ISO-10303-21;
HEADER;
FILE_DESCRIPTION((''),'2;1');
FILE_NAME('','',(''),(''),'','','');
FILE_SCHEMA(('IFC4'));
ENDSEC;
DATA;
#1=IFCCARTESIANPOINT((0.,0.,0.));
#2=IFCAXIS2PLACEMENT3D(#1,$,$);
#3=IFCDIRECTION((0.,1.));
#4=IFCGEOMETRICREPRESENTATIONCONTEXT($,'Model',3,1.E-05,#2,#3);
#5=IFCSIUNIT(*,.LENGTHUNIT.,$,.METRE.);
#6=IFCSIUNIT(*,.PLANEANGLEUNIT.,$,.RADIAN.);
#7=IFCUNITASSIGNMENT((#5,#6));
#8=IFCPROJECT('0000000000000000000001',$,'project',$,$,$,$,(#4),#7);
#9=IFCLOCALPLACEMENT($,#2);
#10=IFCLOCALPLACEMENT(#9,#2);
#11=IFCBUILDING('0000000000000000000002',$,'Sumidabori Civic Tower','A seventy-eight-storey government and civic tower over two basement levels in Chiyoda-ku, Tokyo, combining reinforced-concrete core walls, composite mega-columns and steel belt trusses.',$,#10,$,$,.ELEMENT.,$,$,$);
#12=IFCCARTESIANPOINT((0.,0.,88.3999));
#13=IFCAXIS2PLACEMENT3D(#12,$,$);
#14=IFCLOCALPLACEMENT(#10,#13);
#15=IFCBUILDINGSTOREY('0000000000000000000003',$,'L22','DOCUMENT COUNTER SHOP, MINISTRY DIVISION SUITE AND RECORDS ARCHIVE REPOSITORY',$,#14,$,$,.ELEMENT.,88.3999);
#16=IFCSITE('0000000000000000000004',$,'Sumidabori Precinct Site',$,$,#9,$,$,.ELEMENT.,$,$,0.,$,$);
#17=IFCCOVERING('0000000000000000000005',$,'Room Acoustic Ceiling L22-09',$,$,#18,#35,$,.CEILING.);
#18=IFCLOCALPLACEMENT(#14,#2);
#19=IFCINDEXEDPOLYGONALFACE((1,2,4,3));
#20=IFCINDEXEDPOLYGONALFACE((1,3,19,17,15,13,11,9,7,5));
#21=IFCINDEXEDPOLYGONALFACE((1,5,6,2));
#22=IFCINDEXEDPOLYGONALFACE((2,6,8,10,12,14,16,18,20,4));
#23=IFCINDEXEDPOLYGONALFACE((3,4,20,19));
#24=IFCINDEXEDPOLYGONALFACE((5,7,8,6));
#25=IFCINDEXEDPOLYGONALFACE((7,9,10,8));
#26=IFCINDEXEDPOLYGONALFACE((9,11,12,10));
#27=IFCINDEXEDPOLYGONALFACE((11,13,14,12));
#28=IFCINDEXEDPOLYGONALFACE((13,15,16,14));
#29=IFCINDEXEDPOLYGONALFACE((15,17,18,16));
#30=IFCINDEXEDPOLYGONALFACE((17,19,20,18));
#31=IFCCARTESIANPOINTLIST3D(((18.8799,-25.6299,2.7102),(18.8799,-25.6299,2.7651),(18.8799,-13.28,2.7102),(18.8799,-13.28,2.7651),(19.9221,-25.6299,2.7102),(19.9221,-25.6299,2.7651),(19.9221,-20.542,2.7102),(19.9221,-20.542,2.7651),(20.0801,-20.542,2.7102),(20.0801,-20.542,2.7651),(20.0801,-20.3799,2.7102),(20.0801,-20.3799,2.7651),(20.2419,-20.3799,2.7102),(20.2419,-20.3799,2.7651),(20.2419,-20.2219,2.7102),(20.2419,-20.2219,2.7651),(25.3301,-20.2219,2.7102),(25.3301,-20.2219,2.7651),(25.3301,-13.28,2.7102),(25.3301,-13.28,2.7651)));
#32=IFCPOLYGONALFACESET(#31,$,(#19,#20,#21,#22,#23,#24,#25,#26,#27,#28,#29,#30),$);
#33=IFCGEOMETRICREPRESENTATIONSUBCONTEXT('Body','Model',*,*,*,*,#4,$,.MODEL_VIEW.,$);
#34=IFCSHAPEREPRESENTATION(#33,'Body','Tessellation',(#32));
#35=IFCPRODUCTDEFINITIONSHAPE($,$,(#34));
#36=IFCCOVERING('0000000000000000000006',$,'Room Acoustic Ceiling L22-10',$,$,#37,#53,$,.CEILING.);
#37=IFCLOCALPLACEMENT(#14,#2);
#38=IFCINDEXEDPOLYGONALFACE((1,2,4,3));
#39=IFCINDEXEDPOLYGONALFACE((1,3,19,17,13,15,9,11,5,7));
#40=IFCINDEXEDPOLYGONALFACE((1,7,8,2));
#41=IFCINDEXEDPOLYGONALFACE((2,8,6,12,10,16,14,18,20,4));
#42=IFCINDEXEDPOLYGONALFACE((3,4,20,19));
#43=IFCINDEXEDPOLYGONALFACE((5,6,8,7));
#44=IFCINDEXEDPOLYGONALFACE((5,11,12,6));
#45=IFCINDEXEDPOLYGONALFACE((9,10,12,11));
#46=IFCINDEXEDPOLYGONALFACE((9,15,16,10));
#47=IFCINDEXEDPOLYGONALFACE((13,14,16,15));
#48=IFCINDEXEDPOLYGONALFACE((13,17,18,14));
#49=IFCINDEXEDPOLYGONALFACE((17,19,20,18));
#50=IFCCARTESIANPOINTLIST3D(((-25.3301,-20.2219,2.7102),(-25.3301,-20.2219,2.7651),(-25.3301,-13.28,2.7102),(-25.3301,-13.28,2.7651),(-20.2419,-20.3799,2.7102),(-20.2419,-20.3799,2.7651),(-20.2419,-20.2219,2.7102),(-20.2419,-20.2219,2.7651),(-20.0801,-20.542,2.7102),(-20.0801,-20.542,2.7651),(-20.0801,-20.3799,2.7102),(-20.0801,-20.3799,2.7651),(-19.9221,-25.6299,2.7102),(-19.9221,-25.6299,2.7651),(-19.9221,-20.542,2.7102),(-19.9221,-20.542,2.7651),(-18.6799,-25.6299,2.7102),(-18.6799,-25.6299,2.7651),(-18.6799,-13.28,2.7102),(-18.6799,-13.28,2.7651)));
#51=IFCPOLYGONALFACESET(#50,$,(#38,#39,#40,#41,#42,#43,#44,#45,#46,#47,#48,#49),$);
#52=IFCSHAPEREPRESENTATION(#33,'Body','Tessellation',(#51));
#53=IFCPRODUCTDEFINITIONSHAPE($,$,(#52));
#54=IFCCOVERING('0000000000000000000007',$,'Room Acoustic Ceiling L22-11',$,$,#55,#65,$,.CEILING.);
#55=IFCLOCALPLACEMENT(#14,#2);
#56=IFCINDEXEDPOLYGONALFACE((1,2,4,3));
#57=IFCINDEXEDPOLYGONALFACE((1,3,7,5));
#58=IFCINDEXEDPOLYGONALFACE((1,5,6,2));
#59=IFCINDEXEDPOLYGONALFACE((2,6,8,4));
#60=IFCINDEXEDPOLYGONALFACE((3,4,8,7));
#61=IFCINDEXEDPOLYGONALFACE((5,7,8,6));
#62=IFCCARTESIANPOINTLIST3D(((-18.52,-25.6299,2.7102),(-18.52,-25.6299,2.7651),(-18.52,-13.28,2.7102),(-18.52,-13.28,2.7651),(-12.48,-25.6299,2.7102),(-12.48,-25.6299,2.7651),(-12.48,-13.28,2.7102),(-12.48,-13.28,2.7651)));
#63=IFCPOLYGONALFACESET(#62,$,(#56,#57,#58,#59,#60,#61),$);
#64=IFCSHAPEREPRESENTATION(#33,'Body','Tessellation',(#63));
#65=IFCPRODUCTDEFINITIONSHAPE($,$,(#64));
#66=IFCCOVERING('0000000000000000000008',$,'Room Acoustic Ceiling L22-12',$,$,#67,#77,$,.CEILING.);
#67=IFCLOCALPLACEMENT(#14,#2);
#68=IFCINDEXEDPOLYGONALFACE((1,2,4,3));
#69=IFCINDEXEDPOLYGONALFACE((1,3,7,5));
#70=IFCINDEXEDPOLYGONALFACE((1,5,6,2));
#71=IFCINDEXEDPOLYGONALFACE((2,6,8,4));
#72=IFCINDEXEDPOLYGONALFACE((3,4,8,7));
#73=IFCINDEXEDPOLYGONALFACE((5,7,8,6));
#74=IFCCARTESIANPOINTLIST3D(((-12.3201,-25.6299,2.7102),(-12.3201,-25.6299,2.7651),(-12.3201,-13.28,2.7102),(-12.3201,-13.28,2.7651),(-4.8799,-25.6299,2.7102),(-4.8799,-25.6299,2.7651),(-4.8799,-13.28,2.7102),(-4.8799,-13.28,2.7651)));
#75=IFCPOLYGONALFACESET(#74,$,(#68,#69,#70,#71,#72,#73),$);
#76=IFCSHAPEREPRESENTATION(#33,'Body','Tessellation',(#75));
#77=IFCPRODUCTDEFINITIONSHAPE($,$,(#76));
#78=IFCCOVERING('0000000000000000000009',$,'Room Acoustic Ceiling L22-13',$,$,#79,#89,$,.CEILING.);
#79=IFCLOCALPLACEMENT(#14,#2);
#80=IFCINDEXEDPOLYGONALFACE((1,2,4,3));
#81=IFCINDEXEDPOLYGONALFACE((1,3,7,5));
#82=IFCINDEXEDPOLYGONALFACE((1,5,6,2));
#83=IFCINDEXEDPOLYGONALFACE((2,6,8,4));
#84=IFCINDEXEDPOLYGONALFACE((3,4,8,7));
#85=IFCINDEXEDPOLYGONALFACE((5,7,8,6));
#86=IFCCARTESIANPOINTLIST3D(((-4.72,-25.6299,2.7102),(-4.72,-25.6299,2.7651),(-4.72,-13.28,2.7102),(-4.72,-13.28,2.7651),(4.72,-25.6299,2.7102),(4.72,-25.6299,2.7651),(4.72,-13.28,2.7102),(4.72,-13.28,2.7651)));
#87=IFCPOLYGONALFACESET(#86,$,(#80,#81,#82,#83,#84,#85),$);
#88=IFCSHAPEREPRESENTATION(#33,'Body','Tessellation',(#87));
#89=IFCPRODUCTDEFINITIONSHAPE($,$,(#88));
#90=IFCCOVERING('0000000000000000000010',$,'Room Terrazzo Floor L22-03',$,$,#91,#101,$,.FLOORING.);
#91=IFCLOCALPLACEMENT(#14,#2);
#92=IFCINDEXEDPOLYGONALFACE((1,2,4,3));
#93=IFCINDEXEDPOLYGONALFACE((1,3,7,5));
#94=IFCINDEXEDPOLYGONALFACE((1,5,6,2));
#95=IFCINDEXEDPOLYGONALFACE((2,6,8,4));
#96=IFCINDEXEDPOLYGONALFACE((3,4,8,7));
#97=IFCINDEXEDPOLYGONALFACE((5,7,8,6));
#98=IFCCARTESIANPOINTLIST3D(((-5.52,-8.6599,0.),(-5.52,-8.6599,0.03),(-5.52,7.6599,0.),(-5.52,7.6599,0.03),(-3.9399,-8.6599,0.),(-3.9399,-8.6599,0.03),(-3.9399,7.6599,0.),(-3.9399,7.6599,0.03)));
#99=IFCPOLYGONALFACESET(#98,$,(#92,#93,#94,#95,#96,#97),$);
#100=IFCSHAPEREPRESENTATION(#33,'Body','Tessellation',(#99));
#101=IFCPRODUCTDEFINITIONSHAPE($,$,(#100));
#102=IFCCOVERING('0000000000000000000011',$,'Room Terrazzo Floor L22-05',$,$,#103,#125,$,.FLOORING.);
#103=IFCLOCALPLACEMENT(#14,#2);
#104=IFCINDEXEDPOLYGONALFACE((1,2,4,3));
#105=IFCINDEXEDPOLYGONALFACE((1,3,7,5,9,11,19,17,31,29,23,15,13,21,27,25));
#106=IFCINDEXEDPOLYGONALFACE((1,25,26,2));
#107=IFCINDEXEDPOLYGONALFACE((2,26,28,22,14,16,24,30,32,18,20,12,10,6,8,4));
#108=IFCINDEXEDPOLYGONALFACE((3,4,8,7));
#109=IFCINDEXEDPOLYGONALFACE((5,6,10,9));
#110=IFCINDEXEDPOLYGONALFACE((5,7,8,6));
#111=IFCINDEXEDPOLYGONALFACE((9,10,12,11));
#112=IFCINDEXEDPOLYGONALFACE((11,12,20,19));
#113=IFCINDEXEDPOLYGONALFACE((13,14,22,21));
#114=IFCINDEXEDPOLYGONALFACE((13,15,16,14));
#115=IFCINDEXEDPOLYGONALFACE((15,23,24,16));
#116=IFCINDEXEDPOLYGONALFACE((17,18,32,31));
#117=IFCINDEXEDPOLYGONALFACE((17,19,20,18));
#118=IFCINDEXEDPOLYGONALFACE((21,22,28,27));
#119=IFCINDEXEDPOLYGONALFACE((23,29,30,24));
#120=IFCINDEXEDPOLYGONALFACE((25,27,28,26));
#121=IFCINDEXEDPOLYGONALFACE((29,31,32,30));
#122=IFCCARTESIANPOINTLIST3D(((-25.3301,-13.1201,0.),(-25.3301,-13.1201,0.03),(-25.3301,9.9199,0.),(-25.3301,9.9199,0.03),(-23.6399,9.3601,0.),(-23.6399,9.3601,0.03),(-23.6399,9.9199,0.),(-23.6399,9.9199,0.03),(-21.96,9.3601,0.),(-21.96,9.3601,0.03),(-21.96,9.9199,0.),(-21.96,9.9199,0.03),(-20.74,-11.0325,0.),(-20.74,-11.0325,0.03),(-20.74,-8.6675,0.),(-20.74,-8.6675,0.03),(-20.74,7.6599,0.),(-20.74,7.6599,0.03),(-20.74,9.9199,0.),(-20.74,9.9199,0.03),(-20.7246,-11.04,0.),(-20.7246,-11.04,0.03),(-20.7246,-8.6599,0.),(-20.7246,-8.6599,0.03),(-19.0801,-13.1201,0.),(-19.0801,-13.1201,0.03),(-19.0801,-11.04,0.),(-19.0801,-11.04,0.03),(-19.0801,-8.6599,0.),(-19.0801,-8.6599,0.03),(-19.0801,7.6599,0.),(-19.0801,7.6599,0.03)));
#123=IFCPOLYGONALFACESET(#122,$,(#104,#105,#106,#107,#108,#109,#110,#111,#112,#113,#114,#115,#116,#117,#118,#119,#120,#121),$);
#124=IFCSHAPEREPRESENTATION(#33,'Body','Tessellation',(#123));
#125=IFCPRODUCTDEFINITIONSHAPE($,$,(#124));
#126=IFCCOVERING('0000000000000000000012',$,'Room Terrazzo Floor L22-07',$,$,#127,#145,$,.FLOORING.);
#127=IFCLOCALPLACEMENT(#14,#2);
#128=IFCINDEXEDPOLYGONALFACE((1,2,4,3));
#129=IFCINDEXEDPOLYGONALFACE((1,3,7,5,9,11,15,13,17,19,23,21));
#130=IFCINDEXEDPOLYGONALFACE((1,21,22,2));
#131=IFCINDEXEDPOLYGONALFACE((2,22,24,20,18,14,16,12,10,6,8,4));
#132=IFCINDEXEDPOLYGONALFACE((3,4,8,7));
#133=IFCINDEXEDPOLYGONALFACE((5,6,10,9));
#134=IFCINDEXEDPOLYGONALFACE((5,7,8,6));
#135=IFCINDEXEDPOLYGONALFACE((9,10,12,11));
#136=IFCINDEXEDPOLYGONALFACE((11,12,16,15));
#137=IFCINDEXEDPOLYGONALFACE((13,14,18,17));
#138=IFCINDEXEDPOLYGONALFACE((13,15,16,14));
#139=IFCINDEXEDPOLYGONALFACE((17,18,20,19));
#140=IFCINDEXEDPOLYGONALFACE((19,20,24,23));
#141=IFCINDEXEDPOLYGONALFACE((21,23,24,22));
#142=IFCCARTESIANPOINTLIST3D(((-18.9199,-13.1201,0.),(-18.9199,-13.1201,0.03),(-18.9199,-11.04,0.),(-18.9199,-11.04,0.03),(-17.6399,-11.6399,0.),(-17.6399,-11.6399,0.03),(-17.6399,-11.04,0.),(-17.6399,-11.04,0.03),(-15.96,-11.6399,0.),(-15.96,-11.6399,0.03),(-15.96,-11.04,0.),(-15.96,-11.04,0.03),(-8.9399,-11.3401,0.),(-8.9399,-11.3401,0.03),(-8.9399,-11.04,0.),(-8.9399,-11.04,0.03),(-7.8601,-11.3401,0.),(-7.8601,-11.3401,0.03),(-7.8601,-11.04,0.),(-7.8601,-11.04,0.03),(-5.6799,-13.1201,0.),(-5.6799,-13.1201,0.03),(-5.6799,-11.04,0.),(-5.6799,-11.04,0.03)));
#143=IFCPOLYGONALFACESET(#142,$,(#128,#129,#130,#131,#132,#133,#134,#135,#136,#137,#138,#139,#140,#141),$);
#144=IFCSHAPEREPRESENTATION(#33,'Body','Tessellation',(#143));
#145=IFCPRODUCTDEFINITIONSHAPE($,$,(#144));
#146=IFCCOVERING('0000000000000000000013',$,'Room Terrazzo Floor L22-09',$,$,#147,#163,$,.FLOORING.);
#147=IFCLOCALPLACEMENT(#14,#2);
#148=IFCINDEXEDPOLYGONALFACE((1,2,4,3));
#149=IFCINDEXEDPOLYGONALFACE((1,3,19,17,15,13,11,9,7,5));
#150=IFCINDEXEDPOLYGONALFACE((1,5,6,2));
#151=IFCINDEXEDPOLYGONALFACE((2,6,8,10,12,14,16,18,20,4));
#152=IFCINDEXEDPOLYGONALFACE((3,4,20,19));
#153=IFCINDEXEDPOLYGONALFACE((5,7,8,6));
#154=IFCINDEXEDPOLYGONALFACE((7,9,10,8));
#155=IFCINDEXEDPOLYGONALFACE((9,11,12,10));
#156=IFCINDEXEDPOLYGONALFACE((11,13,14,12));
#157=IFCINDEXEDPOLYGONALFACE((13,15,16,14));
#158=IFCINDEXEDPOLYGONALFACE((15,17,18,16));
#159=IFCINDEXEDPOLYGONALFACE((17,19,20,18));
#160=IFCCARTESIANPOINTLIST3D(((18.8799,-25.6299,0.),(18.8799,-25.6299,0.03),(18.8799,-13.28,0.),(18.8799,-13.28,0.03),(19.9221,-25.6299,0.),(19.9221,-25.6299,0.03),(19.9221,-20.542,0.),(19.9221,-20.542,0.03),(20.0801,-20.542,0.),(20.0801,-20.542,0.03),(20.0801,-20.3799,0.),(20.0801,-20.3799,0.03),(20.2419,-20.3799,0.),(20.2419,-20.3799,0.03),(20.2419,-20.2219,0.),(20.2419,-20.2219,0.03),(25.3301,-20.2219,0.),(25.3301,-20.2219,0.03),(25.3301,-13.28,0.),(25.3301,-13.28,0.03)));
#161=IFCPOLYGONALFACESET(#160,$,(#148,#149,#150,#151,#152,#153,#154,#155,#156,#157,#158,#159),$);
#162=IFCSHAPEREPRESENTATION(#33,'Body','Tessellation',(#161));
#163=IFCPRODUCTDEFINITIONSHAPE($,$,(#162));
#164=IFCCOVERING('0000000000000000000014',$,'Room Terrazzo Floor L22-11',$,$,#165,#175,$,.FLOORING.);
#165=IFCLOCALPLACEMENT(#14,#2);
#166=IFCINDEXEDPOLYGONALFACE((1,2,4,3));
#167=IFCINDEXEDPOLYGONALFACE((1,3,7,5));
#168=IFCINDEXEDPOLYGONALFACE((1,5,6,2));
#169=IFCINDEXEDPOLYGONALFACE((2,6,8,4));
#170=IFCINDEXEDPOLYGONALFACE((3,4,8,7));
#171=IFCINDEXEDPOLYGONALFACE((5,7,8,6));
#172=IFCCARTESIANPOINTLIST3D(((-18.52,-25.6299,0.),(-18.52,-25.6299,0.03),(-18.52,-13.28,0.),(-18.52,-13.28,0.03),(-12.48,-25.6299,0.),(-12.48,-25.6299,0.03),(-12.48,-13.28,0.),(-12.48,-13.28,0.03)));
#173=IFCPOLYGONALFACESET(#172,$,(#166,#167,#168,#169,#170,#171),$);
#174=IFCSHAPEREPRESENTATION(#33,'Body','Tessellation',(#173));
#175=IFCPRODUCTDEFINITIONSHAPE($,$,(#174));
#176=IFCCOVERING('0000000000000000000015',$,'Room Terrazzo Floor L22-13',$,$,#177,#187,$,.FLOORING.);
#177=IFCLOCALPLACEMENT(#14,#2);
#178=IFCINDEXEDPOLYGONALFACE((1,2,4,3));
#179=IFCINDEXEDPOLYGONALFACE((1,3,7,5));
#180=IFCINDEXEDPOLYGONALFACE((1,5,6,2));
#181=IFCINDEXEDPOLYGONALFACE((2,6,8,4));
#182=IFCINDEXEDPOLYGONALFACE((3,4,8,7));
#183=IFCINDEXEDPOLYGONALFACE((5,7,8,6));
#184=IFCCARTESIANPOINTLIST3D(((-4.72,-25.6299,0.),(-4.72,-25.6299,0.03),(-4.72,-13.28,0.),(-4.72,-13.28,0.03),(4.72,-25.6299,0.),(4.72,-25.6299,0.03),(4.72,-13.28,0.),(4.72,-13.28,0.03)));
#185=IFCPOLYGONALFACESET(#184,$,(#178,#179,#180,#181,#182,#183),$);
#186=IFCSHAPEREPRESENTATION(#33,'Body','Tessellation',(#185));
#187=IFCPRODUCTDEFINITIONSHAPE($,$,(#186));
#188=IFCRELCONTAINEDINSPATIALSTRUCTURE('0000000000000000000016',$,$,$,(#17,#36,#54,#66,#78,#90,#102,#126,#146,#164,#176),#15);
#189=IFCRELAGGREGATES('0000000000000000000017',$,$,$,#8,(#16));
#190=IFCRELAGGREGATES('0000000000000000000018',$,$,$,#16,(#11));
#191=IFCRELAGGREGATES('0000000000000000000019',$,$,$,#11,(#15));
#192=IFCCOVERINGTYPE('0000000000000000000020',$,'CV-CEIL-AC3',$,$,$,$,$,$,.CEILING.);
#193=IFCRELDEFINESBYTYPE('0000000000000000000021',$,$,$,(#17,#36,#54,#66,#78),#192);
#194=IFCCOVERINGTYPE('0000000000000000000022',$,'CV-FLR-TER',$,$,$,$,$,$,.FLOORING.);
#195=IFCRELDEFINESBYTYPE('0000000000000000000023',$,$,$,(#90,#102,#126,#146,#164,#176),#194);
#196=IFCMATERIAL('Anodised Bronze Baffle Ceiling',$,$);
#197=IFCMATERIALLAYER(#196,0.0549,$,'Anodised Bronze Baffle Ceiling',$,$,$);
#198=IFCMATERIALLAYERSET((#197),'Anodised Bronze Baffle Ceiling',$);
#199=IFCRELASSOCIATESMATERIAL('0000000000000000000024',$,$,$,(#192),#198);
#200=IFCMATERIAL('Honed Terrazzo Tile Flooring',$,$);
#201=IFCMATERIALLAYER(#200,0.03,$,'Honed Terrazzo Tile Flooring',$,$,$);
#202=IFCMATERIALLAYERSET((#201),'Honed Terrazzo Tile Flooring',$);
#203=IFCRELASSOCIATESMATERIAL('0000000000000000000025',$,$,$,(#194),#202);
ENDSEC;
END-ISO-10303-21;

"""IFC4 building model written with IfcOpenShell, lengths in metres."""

from ifc_helpers import new_model, si_unit, direction, frame, origin, place, context, subcontext, project, spatial, polyline, outline, extrude, material, layer, layer_set, type_object, element, save


model = new_model("IFC4")

# Units and contexts
model_context = context("Model", 3, precision=1e-05, world=origin(), true_north=direction((0.0, 1.0)))
body_context = subcontext(model_context, "Body", "Model", "MODEL_VIEW")
ifc_project = project(units=[si_unit("LENGTHUNIT", "METRE"), si_unit("PLANEANGLEUNIT", "RADIAN")], contexts=[model_context])

# Site, building, storey
site_placement = place(None, origin())
site = spatial("IfcSite", under=ifc_project, at=site_placement, Name="Sumidabori Precinct Site", CompositionType="ELEMENT", RefElevation=0.0)
building_placement = place(site_placement, origin())
building = spatial("IfcBuilding", under=site, at=building_placement, Name="Sumidabori Civic Tower", Description="A seventy-eight-storey government and civic tower over two basement levels in Chiyoda-ku, Tokyo, combining reinforced-concrete core walls, composite mega-columns and steel belt trusses.", CompositionType="ELEMENT")
storey_placement = place(building_placement, frame((0.0, 0.0, 88.3999)))
storey = spatial("IfcBuildingStorey", under=building, at=storey_placement, Name="L22", Description="DOCUMENT COUNTER SHOP, MINISTRY DIVISION SUITE AND RECORDS ARCHIVE REPOSITORY", CompositionType="ELEMENT", Elevation=88.3999)

# Coverings
ifc_material_1 = material(Name="Anodised Bronze Baffle Ceiling")
ifc_layer_1 = layer(ifc_material_1, 0.0549, Name="Anodised Bronze Baffle Ceiling")
ifc_layer_set_1 = layer_set([ifc_layer_1], Name="Anodised Bronze Baffle Ceiling")
covering_type_1 = type_object("IfcCoveringType", Name="CV-CEIL-AC3", PredefinedType="CEILING", material=ifc_layer_set_1)
covering_1_placement = place(storey_placement, frame((0.0, 0.0, 2.7102)))
element("IfcCovering", 1, at=covering_1_placement, inside=storey, type_object=covering_type_1, Name="Room Acoustic Ceiling L22-09", PredefinedType="CEILING", context=body_context, shape_type="SweptSolid", body=[
    extrude(outline(polyline([(18.8799, -13.28), (25.3301, -13.28), (25.3301, -20.2219), (20.2419, -20.2219), (20.2419, -20.3799), (20.0801, -20.3799), (20.0801, -20.542), (19.9221, -20.542), (19.9221, -25.6299), (18.8799, -25.6299), (18.8799, -13.28)])), origin(), (0.0, 0.0, 1.0), 0.0549),
])
covering_2_placement = place(storey_placement, frame((0.0, 0.0, 2.7102)))
element("IfcCovering", 2, at=covering_2_placement, inside=storey, type_object=covering_type_1, Name="Room Acoustic Ceiling L22-10", PredefinedType="CEILING", context=body_context, shape_type="SweptSolid", body=[
    extrude(outline(polyline([(-18.6799, -13.28), (-18.6799, -25.6299), (-19.9221, -25.6299), (-19.9221, -20.542), (-20.0801, -20.542), (-20.0801, -20.3799), (-20.2419, -20.3799), (-20.2419, -20.2219), (-25.3301, -20.2219), (-25.3301, -13.28), (-18.6799, -13.28)])), origin(), (0.0, 0.0, 1.0), 0.0549),
])
covering_3_placement = place(storey_placement, frame((0.0, 0.0, 2.7102)))
element("IfcCovering", 3, at=covering_3_placement, inside=storey, type_object=covering_type_1, Name="Room Acoustic Ceiling L22-11", PredefinedType="CEILING", context=body_context, shape_type="SweptSolid", body=[
    extrude(outline(polyline([(-18.52, -13.28), (-12.48, -13.28), (-12.48, -25.6299), (-18.52, -25.6299), (-18.52, -13.28)])), origin(), (0.0, 0.0, 1.0), 0.0549),
])
covering_4_placement = place(storey_placement, frame((0.0, 0.0, 2.7102)))
element("IfcCovering", 4, at=covering_4_placement, inside=storey, type_object=covering_type_1, Name="Room Acoustic Ceiling L22-12", PredefinedType="CEILING", context=body_context, shape_type="SweptSolid", body=[
    extrude(outline(polyline([(-12.3201, -13.28), (-4.8799, -13.28), (-4.8799, -25.6299), (-12.3201, -25.6299), (-12.3201, -13.28)])), origin(), (0.0, 0.0, 1.0), 0.0549),
])
covering_5_placement = place(storey_placement, frame((0.0, 0.0, 2.7102)))
element("IfcCovering", 5, at=covering_5_placement, inside=storey, type_object=covering_type_1, Name="Room Acoustic Ceiling L22-13", PredefinedType="CEILING", context=body_context, shape_type="SweptSolid", body=[
    extrude(outline(polyline([(-4.72, -13.28), (4.72, -13.28), (4.72, -25.6299), (-4.72, -25.6299), (-4.72, -13.28)])), origin(), (0.0, 0.0, 1.0), 0.0549),
])
ifc_material_2 = material(Name="Honed Terrazzo Tile Flooring")
ifc_layer_2 = layer(ifc_material_2, 0.03, Name="Honed Terrazzo Tile Flooring")
ifc_layer_set_2 = layer_set([ifc_layer_2], Name="Honed Terrazzo Tile Flooring")
covering_type_2 = type_object("IfcCoveringType", Name="CV-FLR-TER", PredefinedType="FLOORING", material=ifc_layer_set_2)
covering_6_placement = place(storey_placement, origin())
element("IfcCovering", 6, at=covering_6_placement, inside=storey, type_object=covering_type_2, Name="Room Terrazzo Floor L22-03", PredefinedType="FLOORING", context=body_context, shape_type="SweptSolid", body=[
    extrude(outline(polyline([(-5.52, 7.6599), (-3.9399, 7.6599), (-3.9399, -8.6599), (-5.52, -8.6599), (-5.52, 7.6599)])), origin(), (0.0, 0.0, 1.0), 0.03),
])
covering_7_placement = place(storey_placement, origin())
element("IfcCovering", 7, at=covering_7_placement, inside=storey, type_object=covering_type_2, Name="Room Terrazzo Floor L22-05", PredefinedType="FLOORING", context=body_context, shape_type="SweptSolid", body=[
    extrude(outline(polyline([(-25.3301, -13.1201), (-25.3301, 9.9199), (-23.6399, 9.9199), (-23.6399, 9.3601), (-21.96, 9.3601), (-21.96, 9.9199), (-20.74, 9.9199), (-20.74, 7.6599), (-19.0801, 7.6599), (-19.0801, -8.6599), (-20.7246, -8.6599), (-20.74, -8.6675), (-20.74, -11.0325), (-20.7246, -11.04), (-19.0801, -11.04), (-19.0801, -13.1201), (-25.3301, -13.1201)])), origin(), (0.0, 0.0, 1.0), 0.03),
])
covering_8_placement = place(storey_placement, origin())
element("IfcCovering", 8, at=covering_8_placement, inside=storey, type_object=covering_type_2, Name="Room Terrazzo Floor L22-07", PredefinedType="FLOORING", context=body_context, shape_type="SweptSolid", body=[
    extrude(outline(polyline([(-17.6399, -11.04), (-17.6399, -11.6399), (-15.96, -11.6399), (-15.96, -11.04), (-8.9399, -11.04), (-8.9399, -11.3401), (-7.8601, -11.3401), (-7.8601, -11.04), (-5.6799, -11.04), (-5.6799, -13.1201), (-18.9199, -13.1201), (-18.9199, -11.04), (-17.6399, -11.04)])), origin(), (0.0, 0.0, 1.0), 0.03),
])
covering_9_placement = place(storey_placement, origin())
element("IfcCovering", 9, at=covering_9_placement, inside=storey, type_object=covering_type_2, Name="Room Terrazzo Floor L22-09", PredefinedType="FLOORING", context=body_context, shape_type="SweptSolid", body=[
    extrude(outline(polyline([(18.8799, -13.28), (25.3301, -13.28), (25.3301, -20.2219), (20.2419, -20.2219), (20.2419, -20.3799), (20.0801, -20.3799), (20.0801, -20.542), (19.9221, -20.542), (19.9221, -25.6299), (18.8799, -25.6299), (18.8799, -13.28)])), origin(), (0.0, 0.0, 1.0), 0.03),
])
covering_10_placement = place(storey_placement, origin())
element("IfcCovering", 10, at=covering_10_placement, inside=storey, type_object=covering_type_2, Name="Room Terrazzo Floor L22-11", PredefinedType="FLOORING", context=body_context, shape_type="SweptSolid", body=[
    extrude(outline(polyline([(-18.52, -13.28), (-12.48, -13.28), (-12.48, -25.6299), (-18.52, -25.6299), (-18.52, -13.28)])), origin(), (0.0, 0.0, 1.0), 0.03),
])
covering_11_placement = place(storey_placement, origin())
element("IfcCovering", 11, at=covering_11_placement, inside=storey, type_object=covering_type_2, Name="Room Terrazzo Floor L22-13", PredefinedType="FLOORING", context=body_context, shape_type="SweptSolid", body=[
    extrude(outline(polyline([(-4.72, -13.28), (4.72, -13.28), (4.72, -25.6299), (-4.72, -25.6299), (-4.72, -13.28)])), origin(), (0.0, 0.0, 1.0), 0.03),
])

save(model, "model.ifc")
